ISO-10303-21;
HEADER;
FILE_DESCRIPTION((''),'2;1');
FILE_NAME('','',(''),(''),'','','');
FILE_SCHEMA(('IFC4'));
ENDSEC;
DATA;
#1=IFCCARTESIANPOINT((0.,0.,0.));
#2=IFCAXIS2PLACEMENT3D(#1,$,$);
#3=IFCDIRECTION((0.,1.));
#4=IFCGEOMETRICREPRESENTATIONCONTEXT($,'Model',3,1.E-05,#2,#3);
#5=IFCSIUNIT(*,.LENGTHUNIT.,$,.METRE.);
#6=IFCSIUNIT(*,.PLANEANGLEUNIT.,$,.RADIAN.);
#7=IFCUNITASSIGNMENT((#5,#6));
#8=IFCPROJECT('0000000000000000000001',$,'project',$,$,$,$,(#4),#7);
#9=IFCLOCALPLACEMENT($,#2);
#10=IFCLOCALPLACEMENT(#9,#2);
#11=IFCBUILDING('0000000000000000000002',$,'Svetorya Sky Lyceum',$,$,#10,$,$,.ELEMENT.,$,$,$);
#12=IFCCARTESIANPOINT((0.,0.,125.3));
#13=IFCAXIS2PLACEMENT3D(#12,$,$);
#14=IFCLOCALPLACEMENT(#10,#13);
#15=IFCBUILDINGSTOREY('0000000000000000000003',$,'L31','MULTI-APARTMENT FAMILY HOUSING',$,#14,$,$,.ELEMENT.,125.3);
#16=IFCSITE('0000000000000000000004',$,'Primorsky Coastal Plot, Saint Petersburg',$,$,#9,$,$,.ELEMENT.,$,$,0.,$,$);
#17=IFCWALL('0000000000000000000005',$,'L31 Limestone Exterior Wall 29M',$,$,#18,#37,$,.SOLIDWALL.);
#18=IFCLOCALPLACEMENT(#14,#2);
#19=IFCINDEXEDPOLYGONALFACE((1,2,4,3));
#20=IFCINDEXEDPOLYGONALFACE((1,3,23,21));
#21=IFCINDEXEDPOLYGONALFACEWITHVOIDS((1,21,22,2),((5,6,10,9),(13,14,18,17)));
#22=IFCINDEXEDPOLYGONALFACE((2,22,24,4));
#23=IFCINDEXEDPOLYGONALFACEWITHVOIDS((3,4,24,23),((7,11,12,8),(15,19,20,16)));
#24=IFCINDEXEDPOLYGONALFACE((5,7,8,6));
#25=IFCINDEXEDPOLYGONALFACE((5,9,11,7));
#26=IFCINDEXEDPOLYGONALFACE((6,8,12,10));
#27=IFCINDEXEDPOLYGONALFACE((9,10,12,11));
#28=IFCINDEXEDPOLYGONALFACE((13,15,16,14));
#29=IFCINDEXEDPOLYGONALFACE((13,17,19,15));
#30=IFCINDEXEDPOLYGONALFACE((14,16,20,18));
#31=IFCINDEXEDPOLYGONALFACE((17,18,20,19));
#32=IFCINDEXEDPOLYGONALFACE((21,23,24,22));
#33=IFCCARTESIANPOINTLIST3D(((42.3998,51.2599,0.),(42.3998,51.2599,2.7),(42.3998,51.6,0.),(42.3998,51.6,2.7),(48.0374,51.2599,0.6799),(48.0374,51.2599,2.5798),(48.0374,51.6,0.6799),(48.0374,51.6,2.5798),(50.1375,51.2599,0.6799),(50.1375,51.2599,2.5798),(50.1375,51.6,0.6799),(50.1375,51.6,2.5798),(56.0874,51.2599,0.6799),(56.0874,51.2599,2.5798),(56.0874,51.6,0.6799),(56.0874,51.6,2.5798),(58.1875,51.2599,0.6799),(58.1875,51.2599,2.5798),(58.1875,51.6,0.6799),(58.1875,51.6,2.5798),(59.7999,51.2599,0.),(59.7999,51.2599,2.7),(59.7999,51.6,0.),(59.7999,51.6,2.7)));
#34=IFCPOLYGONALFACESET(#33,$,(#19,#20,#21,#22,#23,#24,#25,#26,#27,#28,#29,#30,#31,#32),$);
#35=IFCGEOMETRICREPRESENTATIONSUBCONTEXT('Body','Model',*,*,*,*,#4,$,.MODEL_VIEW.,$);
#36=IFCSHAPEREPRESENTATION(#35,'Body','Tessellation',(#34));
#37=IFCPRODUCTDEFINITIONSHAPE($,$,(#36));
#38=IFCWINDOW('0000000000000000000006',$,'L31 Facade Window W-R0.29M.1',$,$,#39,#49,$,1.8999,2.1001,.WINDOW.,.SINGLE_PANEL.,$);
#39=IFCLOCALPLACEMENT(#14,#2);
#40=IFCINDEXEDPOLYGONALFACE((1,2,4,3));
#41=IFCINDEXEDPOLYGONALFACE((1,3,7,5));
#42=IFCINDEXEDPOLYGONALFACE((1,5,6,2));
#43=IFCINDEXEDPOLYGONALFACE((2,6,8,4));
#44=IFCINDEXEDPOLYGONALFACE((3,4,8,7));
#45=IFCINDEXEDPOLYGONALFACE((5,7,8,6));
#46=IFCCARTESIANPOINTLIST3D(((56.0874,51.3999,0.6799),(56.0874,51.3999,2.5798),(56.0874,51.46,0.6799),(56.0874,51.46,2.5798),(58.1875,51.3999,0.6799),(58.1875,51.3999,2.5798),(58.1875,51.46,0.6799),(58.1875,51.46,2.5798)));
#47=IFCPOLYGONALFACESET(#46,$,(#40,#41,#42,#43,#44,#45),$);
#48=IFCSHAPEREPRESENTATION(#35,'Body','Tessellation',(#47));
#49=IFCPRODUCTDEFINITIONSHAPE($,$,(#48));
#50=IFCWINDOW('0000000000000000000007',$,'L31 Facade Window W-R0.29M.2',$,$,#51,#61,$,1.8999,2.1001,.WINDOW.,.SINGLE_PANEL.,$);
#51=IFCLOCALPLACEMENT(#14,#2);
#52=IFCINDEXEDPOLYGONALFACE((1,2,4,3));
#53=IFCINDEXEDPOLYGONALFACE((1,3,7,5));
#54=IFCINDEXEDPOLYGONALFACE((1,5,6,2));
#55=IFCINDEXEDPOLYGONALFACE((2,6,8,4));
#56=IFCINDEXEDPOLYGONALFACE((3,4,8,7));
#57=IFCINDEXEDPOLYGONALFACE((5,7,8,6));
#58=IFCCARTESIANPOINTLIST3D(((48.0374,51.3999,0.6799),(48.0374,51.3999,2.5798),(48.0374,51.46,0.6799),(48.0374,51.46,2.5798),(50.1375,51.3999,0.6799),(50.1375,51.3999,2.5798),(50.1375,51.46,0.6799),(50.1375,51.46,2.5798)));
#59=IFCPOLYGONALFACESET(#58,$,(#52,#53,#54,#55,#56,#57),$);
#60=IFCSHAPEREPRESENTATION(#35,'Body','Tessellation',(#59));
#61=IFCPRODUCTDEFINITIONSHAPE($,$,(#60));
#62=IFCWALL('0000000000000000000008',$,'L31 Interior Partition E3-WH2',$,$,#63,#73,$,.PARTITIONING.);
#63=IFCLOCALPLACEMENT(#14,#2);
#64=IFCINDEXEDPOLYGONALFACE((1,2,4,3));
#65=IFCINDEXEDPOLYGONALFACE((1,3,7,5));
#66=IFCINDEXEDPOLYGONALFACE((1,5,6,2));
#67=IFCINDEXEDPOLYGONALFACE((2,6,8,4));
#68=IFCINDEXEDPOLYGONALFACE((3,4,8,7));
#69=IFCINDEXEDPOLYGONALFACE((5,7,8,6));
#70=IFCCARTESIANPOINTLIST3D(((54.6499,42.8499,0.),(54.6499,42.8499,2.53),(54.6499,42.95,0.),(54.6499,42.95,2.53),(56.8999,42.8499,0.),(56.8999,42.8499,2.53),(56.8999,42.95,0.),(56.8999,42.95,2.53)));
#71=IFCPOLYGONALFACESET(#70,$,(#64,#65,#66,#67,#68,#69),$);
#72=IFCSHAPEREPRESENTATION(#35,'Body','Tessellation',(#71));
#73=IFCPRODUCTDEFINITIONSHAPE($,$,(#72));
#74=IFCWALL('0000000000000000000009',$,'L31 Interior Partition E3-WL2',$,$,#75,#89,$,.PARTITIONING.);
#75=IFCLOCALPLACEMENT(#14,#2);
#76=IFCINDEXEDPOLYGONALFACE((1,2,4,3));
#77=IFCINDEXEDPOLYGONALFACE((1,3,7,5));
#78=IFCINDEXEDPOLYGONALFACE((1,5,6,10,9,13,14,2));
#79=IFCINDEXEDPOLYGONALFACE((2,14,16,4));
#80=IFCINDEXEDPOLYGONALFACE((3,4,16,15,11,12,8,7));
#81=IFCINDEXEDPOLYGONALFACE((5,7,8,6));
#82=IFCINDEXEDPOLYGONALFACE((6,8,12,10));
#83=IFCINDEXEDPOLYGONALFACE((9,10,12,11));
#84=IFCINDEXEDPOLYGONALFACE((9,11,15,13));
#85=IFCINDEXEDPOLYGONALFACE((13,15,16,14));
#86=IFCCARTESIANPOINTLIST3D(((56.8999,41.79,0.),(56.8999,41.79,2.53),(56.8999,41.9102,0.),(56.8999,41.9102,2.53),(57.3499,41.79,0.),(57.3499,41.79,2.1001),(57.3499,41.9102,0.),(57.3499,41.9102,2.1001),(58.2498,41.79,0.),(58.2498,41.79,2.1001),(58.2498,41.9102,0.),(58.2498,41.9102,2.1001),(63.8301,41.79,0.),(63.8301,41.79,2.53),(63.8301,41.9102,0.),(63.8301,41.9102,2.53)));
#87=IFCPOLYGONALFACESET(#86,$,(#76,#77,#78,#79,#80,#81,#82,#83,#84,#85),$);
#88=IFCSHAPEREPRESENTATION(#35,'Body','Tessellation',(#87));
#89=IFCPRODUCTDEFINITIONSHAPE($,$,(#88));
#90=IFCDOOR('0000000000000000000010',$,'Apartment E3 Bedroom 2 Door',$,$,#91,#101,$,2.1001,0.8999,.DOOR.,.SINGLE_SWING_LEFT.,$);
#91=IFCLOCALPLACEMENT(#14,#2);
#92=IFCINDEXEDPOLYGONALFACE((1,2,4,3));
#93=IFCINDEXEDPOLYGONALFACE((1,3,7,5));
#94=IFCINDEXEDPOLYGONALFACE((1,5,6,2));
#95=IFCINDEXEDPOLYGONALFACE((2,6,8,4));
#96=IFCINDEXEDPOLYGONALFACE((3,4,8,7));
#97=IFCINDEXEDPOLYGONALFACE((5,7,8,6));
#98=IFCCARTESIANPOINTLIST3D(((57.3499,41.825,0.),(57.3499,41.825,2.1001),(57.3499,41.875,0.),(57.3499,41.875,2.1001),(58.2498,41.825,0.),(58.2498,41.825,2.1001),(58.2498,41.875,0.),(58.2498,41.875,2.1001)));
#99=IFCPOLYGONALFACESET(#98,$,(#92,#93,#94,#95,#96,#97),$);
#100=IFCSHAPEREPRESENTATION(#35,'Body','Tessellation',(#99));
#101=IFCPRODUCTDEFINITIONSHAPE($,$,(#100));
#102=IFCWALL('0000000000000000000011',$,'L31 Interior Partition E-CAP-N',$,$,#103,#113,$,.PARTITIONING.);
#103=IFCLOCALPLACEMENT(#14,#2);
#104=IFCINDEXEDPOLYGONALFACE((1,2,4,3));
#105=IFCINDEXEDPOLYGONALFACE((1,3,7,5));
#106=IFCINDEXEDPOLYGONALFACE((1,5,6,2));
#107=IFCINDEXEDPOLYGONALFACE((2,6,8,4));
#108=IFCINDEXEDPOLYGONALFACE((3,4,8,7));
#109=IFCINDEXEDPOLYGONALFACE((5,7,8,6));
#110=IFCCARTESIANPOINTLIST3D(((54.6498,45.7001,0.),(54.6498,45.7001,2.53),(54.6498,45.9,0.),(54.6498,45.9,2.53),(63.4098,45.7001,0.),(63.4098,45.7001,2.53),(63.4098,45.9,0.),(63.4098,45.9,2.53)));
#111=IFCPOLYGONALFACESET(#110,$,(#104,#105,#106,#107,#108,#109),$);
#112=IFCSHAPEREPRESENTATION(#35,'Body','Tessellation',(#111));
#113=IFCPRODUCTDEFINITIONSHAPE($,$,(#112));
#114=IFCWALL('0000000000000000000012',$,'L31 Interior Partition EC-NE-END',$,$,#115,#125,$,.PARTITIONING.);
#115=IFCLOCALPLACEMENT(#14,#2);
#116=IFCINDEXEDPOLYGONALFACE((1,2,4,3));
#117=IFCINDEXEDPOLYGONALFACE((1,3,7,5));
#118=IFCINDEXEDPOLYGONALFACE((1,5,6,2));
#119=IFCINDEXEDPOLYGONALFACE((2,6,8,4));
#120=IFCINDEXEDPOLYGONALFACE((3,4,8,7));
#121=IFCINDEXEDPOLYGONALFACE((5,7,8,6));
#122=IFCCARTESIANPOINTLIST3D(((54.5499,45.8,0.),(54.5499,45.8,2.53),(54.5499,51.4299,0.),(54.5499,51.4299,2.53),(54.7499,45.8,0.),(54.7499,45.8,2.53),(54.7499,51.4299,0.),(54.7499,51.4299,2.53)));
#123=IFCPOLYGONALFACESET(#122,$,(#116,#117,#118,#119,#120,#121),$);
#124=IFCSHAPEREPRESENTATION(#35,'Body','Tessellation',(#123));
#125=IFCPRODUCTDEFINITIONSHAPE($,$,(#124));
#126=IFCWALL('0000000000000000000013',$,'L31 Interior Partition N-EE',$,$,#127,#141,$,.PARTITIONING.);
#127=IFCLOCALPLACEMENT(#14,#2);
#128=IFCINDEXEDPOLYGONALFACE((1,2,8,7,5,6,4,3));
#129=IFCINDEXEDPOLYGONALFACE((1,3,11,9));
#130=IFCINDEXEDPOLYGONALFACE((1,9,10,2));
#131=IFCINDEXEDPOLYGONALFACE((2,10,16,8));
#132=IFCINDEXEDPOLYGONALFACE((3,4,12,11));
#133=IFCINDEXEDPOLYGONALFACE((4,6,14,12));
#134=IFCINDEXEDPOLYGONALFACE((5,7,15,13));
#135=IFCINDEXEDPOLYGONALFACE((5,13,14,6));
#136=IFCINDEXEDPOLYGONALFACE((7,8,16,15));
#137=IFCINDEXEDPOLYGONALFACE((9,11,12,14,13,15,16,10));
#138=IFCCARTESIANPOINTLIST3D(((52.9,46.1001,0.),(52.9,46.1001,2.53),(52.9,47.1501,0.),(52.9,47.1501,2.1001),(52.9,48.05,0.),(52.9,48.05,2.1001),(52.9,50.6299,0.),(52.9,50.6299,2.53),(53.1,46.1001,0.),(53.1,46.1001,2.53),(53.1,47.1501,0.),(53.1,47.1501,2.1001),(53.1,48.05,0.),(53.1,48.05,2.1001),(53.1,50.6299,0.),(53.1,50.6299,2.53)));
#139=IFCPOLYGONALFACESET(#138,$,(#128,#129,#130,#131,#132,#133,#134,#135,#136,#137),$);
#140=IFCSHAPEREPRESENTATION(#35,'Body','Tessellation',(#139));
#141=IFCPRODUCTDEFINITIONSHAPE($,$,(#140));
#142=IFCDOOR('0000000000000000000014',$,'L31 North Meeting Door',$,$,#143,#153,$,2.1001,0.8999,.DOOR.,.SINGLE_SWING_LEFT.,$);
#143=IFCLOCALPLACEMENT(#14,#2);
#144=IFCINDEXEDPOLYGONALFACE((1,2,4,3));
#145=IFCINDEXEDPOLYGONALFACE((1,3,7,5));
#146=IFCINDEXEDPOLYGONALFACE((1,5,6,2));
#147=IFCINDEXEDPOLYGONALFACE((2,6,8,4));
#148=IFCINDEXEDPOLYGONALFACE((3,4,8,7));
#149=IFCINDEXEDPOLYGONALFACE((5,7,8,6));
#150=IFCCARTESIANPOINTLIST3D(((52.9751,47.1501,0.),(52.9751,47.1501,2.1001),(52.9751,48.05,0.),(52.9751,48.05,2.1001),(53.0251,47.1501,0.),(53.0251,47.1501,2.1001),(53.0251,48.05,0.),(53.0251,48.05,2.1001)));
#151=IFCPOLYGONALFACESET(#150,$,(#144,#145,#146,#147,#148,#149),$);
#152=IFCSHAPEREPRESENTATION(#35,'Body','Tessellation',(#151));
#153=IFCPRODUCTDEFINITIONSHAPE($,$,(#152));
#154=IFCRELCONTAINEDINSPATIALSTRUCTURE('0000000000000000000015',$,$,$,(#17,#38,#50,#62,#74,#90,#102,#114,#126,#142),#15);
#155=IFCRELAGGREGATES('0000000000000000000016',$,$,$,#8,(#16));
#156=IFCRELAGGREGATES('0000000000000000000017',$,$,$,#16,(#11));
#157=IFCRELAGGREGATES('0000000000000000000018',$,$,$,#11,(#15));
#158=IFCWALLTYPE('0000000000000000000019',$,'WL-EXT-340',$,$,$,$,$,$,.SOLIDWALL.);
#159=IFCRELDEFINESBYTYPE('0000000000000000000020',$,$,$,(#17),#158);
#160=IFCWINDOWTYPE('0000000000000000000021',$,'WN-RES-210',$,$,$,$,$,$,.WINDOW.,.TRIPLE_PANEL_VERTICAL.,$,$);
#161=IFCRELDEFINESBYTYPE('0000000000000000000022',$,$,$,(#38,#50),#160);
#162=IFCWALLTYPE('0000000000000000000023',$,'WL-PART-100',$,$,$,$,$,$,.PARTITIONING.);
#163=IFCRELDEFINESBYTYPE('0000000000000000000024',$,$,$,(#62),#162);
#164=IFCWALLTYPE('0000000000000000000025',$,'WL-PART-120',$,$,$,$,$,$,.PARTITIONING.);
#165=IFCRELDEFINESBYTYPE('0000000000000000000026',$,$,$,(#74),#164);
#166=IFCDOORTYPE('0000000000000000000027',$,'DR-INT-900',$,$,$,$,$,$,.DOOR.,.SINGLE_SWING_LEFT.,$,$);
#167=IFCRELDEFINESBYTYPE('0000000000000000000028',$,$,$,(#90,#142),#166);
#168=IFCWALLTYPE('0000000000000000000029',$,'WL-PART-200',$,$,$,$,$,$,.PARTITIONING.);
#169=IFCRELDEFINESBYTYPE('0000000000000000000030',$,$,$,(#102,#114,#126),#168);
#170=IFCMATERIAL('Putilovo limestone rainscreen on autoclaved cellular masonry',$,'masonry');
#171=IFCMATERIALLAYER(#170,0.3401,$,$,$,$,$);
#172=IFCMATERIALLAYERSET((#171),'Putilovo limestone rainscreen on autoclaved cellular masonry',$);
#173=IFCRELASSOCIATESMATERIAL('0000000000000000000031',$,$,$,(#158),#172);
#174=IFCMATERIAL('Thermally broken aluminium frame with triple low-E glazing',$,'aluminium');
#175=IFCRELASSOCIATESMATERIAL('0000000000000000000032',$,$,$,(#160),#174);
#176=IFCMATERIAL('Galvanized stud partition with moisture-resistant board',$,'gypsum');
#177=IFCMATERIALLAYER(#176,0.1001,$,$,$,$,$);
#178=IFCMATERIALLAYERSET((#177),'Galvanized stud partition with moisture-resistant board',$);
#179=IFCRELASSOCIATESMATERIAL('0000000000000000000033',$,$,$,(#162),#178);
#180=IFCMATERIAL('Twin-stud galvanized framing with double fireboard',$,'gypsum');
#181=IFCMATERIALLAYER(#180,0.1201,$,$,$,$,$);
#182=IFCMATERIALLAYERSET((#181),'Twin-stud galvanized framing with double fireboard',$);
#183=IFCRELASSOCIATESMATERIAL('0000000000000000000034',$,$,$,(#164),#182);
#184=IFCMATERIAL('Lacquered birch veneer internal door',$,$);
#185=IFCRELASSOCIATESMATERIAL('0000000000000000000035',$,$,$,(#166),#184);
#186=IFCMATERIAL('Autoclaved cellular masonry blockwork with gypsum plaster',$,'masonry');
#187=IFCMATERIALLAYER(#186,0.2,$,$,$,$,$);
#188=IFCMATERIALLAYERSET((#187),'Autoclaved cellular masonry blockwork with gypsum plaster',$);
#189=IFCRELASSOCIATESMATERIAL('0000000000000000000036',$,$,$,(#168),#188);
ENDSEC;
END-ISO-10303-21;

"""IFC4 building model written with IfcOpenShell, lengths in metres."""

from ifc_helpers import new_model, si_unit, direction, frame, frame_2d, origin, place, context, subcontext, project, spatial, rectangle, extrude, material, layer, layer_set, type_object, element, fill, save


model = new_model("IFC4")

# Units and contexts
model_context = context("Model", 3, precision=1e-05, world=origin(), true_north=direction((0.0, 1.0)))
body_context = subcontext(model_context, "Body", "Model", "MODEL_VIEW")
ifc_project = project(units=[si_unit("LENGTHUNIT", "METRE"), si_unit("PLANEANGLEUNIT", "RADIAN")], contexts=[model_context])

# Site, building, storey
site_placement = place(None, origin())
site = spatial("IfcSite", under=ifc_project, at=site_placement, Name="Primorsky Coastal Plot, Saint Petersburg", CompositionType="ELEMENT", RefElevation=0.0)
building_placement = place(site_placement, origin())
building = spatial("IfcBuilding", under=site, at=building_placement, Name="Svetorya Sky Lyceum", CompositionType="ELEMENT")
storey_placement = place(building_placement, frame((0.0, 0.0, 125.3)))
storey = spatial("IfcBuildingStorey", under=building, at=storey_placement, Name="L31", Description="MULTI-APARTMENT FAMILY HOUSING", CompositionType="ELEMENT", Elevation=125.3)

# Shared definitions
ifc_material_1 = material(Name="Putilovo limestone rainscreen on autoclaved cellular masonry", Category="masonry")
ifc_layer_1 = layer(ifc_material_1, 0.3401)
ifc_layer_set_1 = layer_set([ifc_layer_1], Name="Putilovo limestone rainscreen on autoclaved cellular masonry")
wall_type_1 = type_object("IfcWallType", Name="WL-EXT-340", PredefinedType="SOLIDWALL", material=ifc_layer_set_1)

# Wall, openings, windows
wall_1_placement = place(storey_placement, frame((59.8, 51.4299, 0.0), z_axis=(0.0, 0.0, 1.0), x_axis=(-1.0, 0.0, 0.0)))
wall_1 = element("IfcWall", 1, at=wall_1_placement, inside=storey, type_object=wall_type_1, Name="L31 Limestone Exterior Wall 29M", PredefinedType="SOLIDWALL", context=body_context, shape_type="SweptSolid", body=[
    extrude(rectangle(XDim=17.4001, YDim=0.3401, at=frame_2d((8.7002, 0.0))), origin(), (0.0, 0.0, 1.0), 2.7),
])
opening_1_placement = place(wall_1_placement, frame((1.6125, 0.0, 0.6799)))
opening_1 = element("IfcOpeningElement", 2, at=opening_1_placement, cuts=wall_1, PredefinedType="OPENING", context=body_context, shape_type="SweptSolid", body=[
    extrude(rectangle(XDim=2.1001, YDim=1.8999, at=frame_2d((1.05, 0.95))), frame((0.0, 0.1799, 0.0), z_axis=(0.0, -1.0, 0.0), x_axis=(1.0, 0.0, 0.0)), (0.0, 0.0, 1.0), 0.3601),
])
opening_2_placement = place(wall_1_placement, frame((9.6626, 0.0, 0.6799)))
opening_2 = element("IfcOpeningElement", 3, at=opening_2_placement, cuts=wall_1, PredefinedType="OPENING", context=body_context, shape_type="SweptSolid", body=[
    extrude(rectangle(XDim=2.1001, YDim=1.8999, at=frame_2d((1.05, 0.95))), frame((0.0, 0.1799, 0.0), z_axis=(0.0, -1.0, 0.0), x_axis=(1.0, 0.0, 0.0)), (0.0, 0.0, 1.0), 0.3601),
])
ifc_material_2 = material(Name="Thermally broken aluminium frame with triple low-E glazing", Category="aluminium")
window_type = type_object("IfcWindowType", Name="WN-RES-210", PartitioningType="TRIPLE_PANEL_VERTICAL", PredefinedType="WINDOW", material=ifc_material_2)
window_1_placement = place(opening_1_placement, origin())
window_1 = element("IfcWindow", 4, at=window_1_placement, inside=storey, type_object=window_type, Name="L31 Facade Window W-R0.29M.1", OverallHeight=1.8999, OverallWidth=2.1001, PartitioningType="SINGLE_PANEL", PredefinedType="WINDOW", context=body_context, shape_type="SweptSolid", body=[
    extrude(rectangle(XDim=2.1001, YDim=1.8999, at=frame_2d((1.05, 0.95))), frame((0.0, 0.03, 0.0), z_axis=(0.0, -1.0, 0.0), x_axis=(1.0, 0.0, 0.0)), (0.0, 0.0, 1.0), 0.0601),
])
fill(opening_1, window_1)
window_2_placement = place(opening_2_placement, origin())
window_2 = element("IfcWindow", 5, at=window_2_placement, inside=storey, type_object=window_type, Name="L31 Facade Window W-R0.29M.2", OverallHeight=1.8999, OverallWidth=2.1001, PartitioningType="SINGLE_PANEL", PredefinedType="WINDOW", context=body_context, shape_type="SweptSolid", body=[
    extrude(rectangle(XDim=2.1001, YDim=1.8999, at=frame_2d((1.05, 0.95))), frame((0.0, 0.03, 0.0), z_axis=(0.0, -1.0, 0.0), x_axis=(1.0, 0.0, 0.0)), (0.0, 0.0, 1.0), 0.0601),
])
fill(opening_2, window_2)

# Wall
ifc_material_3 = material(Name="Galvanized stud partition with moisture-resistant board", Category="gypsum")
ifc_layer_2 = layer(ifc_material_3, 0.1001)
ifc_layer_set_2 = layer_set([ifc_layer_2], Name="Galvanized stud partition with moisture-resistant board")
wall_type_2 = type_object("IfcWallType", Name="WL-PART-100", PredefinedType="PARTITIONING", material=ifc_layer_set_2)
wall_2_placement = place(storey_placement, frame((54.6499, 42.8999, 0.0), z_axis=(0.0, 0.0, 1.0), x_axis=(1.0, 0.0, 0.0)))
element("IfcWall", 6, at=wall_2_placement, inside=storey, type_object=wall_type_2, Name="L31 Interior Partition E3-WH2", PredefinedType="PARTITIONING", context=body_context, shape_type="SweptSolid", body=[
    extrude(rectangle(XDim=2.25, YDim=0.1001, at=frame_2d((1.125, 0.0))), origin(), (0.0, 0.0, 1.0), 2.53),
])

# Wall, opening, door
ifc_material_4 = material(Name="Twin-stud galvanized framing with double fireboard", Category="gypsum")
ifc_layer_3 = layer(ifc_material_4, 0.1201)
ifc_layer_set_3 = layer_set([ifc_layer_3], Name="Twin-stud galvanized framing with double fireboard")
wall_type_3 = type_object("IfcWallType", Name="WL-PART-120", PredefinedType="PARTITIONING", material=ifc_layer_set_3)
wall_3_placement = place(storey_placement, frame((56.8999, 41.8501, 0.0), z_axis=(0.0, 0.0, 1.0), x_axis=(1.0, 0.0, 0.0)))
wall_3 = element("IfcWall", 7, at=wall_3_placement, inside=storey, type_object=wall_type_3, Name="L31 Interior Partition E3-WL2", PredefinedType="PARTITIONING", context=body_context, shape_type="SweptSolid", body=[
    extrude(rectangle(XDim=6.9302, YDim=0.1201, at=frame_2d((3.4651, 0.0))), origin(), (0.0, 0.0, 1.0), 2.53),
])
opening_3_placement = place(wall_3_placement, frame((0.45, 0.0, 0.0)))
opening_3 = element("IfcOpeningElement", 8, at=opening_3_placement, cuts=wall_3, PredefinedType="OPENING", context=body_context, shape_type="SweptSolid", body=[
    extrude(rectangle(XDim=0.8999, YDim=2.1001, at=frame_2d((0.45, 1.05))), frame((0.0, 0.0701, 0.0), z_axis=(0.0, -1.0, 0.0), x_axis=(1.0, 0.0, 0.0)), (0.0, 0.0, 1.0), 0.1401),
])
ifc_material_5 = material(Name="Lacquered birch veneer internal door")
door_type = type_object("IfcDoorType", Name="DR-INT-900", OperationType="SINGLE_SWING_LEFT", PredefinedType="DOOR", material=ifc_material_5)
door_1_placement = place(opening_3_placement, origin())
door_1 = element("IfcDoor", 9, at=door_1_placement, inside=storey, type_object=door_type, Name="Apartment E3 Bedroom 2 Door", OperationType="SINGLE_SWING_LEFT", OverallHeight=2.1001, OverallWidth=0.8999, PredefinedType="DOOR", context=body_context, shape_type="SweptSolid", body=[
    extrude(rectangle(XDim=0.8999, YDim=2.1001, at=frame_2d((0.45, 1.05))), frame((0.0, 0.0249, 0.0), z_axis=(0.0, -1.0, 0.0), x_axis=(1.0, 0.0, 0.0)), (0.0, 0.0, 1.0), 0.05),
])
fill(opening_3, door_1)

# Walls
ifc_material_6 = material(Name="Autoclaved cellular masonry blockwork with gypsum plaster", Category="masonry")
ifc_layer_4 = layer(ifc_material_6, 0.2)
ifc_layer_set_4 = layer_set([ifc_layer_4], Name="Autoclaved cellular masonry blockwork with gypsum plaster")
wall_type_4 = type_object("IfcWallType", Name="WL-PART-200", PredefinedType="PARTITIONING", material=ifc_layer_set_4)
wall_4_placement = place(storey_placement, frame((54.6499, 45.8, 0.0), z_axis=(0.0, 0.0, 1.0), x_axis=(1.0, 0.0, 0.0)))
element("IfcWall", 10, at=wall_4_placement, inside=storey, type_object=wall_type_4, Name="L31 Interior Partition E-CAP-N", PredefinedType="PARTITIONING", context=body_context, shape_type="SweptSolid", body=[
    extrude(rectangle(XDim=8.76, YDim=0.2, at=frame_2d((4.3799, 0.0))), origin(), (0.0, 0.0, 1.0), 2.53),
])
wall_5_placement = place(storey_placement, frame((54.6499, 45.8, 0.0), z_axis=(0.0, 0.0, 1.0), x_axis=(0.0, 1.0, 0.0)))
element("IfcWall", 11, at=wall_5_placement, inside=storey, type_object=wall_type_4, Name="L31 Interior Partition EC-NE-END", PredefinedType="PARTITIONING", context=body_context, shape_type="SweptSolid", body=[
    extrude(rectangle(XDim=5.6299, YDim=0.2, at=frame_2d((2.8149, 0.0))), origin(), (0.0, 0.0, 1.0), 2.53),
])

# Wall, opening, door
wall_6_placement = place(storey_placement, frame((53.0, 46.1001, 0.0), z_axis=(0.0, 0.0, 1.0), x_axis=(0.0, 1.0, 0.0)))
wall_6 = element("IfcWall", 12, at=wall_6_placement, inside=storey, type_object=wall_type_4, Name="L31 Interior Partition N-EE", PredefinedType="PARTITIONING", context=body_context, shape_type="SweptSolid", body=[
    extrude(rectangle(XDim=4.5298, YDim=0.2, at=frame_2d((2.2649, 0.0))), origin(), (0.0, 0.0, 1.0), 2.53),
])
opening_4_placement = place(wall_6_placement, frame((1.05, 0.0, 0.0)))
opening_4 = element("IfcOpeningElement", 13, at=opening_4_placement, cuts=wall_6, PredefinedType="OPENING", context=body_context, shape_type="SweptSolid", body=[
    extrude(rectangle(XDim=0.8999, YDim=2.1001, at=frame_2d((0.45, 1.05))), frame((0.0, 0.1099, 0.0), z_axis=(0.0, -1.0, 0.0), x_axis=(1.0, 0.0, 0.0)), (0.0, 0.0, 1.0), 0.22),
])
door_2_placement = place(opening_4_placement, origin())
door_2 = element("IfcDoor", 14, at=door_2_placement, inside=storey, type_object=door_type, Name="L31 North Meeting Door", OperationType="SINGLE_SWING_LEFT", OverallHeight=2.1001, OverallWidth=0.8999, PredefinedType="DOOR", context=body_context, shape_type="SweptSolid", body=[
    extrude(rectangle(XDim=0.8999, YDim=2.1001, at=frame_2d((0.45, 1.05))), frame((0.0, 0.0249, 0.0), z_axis=(0.0, -1.0, 0.0), x_axis=(1.0, 0.0, 0.0)), (0.0, 0.0, 1.0), 0.05),
])
fill(opening_4, door_2)

save(model, "model.ifc")
